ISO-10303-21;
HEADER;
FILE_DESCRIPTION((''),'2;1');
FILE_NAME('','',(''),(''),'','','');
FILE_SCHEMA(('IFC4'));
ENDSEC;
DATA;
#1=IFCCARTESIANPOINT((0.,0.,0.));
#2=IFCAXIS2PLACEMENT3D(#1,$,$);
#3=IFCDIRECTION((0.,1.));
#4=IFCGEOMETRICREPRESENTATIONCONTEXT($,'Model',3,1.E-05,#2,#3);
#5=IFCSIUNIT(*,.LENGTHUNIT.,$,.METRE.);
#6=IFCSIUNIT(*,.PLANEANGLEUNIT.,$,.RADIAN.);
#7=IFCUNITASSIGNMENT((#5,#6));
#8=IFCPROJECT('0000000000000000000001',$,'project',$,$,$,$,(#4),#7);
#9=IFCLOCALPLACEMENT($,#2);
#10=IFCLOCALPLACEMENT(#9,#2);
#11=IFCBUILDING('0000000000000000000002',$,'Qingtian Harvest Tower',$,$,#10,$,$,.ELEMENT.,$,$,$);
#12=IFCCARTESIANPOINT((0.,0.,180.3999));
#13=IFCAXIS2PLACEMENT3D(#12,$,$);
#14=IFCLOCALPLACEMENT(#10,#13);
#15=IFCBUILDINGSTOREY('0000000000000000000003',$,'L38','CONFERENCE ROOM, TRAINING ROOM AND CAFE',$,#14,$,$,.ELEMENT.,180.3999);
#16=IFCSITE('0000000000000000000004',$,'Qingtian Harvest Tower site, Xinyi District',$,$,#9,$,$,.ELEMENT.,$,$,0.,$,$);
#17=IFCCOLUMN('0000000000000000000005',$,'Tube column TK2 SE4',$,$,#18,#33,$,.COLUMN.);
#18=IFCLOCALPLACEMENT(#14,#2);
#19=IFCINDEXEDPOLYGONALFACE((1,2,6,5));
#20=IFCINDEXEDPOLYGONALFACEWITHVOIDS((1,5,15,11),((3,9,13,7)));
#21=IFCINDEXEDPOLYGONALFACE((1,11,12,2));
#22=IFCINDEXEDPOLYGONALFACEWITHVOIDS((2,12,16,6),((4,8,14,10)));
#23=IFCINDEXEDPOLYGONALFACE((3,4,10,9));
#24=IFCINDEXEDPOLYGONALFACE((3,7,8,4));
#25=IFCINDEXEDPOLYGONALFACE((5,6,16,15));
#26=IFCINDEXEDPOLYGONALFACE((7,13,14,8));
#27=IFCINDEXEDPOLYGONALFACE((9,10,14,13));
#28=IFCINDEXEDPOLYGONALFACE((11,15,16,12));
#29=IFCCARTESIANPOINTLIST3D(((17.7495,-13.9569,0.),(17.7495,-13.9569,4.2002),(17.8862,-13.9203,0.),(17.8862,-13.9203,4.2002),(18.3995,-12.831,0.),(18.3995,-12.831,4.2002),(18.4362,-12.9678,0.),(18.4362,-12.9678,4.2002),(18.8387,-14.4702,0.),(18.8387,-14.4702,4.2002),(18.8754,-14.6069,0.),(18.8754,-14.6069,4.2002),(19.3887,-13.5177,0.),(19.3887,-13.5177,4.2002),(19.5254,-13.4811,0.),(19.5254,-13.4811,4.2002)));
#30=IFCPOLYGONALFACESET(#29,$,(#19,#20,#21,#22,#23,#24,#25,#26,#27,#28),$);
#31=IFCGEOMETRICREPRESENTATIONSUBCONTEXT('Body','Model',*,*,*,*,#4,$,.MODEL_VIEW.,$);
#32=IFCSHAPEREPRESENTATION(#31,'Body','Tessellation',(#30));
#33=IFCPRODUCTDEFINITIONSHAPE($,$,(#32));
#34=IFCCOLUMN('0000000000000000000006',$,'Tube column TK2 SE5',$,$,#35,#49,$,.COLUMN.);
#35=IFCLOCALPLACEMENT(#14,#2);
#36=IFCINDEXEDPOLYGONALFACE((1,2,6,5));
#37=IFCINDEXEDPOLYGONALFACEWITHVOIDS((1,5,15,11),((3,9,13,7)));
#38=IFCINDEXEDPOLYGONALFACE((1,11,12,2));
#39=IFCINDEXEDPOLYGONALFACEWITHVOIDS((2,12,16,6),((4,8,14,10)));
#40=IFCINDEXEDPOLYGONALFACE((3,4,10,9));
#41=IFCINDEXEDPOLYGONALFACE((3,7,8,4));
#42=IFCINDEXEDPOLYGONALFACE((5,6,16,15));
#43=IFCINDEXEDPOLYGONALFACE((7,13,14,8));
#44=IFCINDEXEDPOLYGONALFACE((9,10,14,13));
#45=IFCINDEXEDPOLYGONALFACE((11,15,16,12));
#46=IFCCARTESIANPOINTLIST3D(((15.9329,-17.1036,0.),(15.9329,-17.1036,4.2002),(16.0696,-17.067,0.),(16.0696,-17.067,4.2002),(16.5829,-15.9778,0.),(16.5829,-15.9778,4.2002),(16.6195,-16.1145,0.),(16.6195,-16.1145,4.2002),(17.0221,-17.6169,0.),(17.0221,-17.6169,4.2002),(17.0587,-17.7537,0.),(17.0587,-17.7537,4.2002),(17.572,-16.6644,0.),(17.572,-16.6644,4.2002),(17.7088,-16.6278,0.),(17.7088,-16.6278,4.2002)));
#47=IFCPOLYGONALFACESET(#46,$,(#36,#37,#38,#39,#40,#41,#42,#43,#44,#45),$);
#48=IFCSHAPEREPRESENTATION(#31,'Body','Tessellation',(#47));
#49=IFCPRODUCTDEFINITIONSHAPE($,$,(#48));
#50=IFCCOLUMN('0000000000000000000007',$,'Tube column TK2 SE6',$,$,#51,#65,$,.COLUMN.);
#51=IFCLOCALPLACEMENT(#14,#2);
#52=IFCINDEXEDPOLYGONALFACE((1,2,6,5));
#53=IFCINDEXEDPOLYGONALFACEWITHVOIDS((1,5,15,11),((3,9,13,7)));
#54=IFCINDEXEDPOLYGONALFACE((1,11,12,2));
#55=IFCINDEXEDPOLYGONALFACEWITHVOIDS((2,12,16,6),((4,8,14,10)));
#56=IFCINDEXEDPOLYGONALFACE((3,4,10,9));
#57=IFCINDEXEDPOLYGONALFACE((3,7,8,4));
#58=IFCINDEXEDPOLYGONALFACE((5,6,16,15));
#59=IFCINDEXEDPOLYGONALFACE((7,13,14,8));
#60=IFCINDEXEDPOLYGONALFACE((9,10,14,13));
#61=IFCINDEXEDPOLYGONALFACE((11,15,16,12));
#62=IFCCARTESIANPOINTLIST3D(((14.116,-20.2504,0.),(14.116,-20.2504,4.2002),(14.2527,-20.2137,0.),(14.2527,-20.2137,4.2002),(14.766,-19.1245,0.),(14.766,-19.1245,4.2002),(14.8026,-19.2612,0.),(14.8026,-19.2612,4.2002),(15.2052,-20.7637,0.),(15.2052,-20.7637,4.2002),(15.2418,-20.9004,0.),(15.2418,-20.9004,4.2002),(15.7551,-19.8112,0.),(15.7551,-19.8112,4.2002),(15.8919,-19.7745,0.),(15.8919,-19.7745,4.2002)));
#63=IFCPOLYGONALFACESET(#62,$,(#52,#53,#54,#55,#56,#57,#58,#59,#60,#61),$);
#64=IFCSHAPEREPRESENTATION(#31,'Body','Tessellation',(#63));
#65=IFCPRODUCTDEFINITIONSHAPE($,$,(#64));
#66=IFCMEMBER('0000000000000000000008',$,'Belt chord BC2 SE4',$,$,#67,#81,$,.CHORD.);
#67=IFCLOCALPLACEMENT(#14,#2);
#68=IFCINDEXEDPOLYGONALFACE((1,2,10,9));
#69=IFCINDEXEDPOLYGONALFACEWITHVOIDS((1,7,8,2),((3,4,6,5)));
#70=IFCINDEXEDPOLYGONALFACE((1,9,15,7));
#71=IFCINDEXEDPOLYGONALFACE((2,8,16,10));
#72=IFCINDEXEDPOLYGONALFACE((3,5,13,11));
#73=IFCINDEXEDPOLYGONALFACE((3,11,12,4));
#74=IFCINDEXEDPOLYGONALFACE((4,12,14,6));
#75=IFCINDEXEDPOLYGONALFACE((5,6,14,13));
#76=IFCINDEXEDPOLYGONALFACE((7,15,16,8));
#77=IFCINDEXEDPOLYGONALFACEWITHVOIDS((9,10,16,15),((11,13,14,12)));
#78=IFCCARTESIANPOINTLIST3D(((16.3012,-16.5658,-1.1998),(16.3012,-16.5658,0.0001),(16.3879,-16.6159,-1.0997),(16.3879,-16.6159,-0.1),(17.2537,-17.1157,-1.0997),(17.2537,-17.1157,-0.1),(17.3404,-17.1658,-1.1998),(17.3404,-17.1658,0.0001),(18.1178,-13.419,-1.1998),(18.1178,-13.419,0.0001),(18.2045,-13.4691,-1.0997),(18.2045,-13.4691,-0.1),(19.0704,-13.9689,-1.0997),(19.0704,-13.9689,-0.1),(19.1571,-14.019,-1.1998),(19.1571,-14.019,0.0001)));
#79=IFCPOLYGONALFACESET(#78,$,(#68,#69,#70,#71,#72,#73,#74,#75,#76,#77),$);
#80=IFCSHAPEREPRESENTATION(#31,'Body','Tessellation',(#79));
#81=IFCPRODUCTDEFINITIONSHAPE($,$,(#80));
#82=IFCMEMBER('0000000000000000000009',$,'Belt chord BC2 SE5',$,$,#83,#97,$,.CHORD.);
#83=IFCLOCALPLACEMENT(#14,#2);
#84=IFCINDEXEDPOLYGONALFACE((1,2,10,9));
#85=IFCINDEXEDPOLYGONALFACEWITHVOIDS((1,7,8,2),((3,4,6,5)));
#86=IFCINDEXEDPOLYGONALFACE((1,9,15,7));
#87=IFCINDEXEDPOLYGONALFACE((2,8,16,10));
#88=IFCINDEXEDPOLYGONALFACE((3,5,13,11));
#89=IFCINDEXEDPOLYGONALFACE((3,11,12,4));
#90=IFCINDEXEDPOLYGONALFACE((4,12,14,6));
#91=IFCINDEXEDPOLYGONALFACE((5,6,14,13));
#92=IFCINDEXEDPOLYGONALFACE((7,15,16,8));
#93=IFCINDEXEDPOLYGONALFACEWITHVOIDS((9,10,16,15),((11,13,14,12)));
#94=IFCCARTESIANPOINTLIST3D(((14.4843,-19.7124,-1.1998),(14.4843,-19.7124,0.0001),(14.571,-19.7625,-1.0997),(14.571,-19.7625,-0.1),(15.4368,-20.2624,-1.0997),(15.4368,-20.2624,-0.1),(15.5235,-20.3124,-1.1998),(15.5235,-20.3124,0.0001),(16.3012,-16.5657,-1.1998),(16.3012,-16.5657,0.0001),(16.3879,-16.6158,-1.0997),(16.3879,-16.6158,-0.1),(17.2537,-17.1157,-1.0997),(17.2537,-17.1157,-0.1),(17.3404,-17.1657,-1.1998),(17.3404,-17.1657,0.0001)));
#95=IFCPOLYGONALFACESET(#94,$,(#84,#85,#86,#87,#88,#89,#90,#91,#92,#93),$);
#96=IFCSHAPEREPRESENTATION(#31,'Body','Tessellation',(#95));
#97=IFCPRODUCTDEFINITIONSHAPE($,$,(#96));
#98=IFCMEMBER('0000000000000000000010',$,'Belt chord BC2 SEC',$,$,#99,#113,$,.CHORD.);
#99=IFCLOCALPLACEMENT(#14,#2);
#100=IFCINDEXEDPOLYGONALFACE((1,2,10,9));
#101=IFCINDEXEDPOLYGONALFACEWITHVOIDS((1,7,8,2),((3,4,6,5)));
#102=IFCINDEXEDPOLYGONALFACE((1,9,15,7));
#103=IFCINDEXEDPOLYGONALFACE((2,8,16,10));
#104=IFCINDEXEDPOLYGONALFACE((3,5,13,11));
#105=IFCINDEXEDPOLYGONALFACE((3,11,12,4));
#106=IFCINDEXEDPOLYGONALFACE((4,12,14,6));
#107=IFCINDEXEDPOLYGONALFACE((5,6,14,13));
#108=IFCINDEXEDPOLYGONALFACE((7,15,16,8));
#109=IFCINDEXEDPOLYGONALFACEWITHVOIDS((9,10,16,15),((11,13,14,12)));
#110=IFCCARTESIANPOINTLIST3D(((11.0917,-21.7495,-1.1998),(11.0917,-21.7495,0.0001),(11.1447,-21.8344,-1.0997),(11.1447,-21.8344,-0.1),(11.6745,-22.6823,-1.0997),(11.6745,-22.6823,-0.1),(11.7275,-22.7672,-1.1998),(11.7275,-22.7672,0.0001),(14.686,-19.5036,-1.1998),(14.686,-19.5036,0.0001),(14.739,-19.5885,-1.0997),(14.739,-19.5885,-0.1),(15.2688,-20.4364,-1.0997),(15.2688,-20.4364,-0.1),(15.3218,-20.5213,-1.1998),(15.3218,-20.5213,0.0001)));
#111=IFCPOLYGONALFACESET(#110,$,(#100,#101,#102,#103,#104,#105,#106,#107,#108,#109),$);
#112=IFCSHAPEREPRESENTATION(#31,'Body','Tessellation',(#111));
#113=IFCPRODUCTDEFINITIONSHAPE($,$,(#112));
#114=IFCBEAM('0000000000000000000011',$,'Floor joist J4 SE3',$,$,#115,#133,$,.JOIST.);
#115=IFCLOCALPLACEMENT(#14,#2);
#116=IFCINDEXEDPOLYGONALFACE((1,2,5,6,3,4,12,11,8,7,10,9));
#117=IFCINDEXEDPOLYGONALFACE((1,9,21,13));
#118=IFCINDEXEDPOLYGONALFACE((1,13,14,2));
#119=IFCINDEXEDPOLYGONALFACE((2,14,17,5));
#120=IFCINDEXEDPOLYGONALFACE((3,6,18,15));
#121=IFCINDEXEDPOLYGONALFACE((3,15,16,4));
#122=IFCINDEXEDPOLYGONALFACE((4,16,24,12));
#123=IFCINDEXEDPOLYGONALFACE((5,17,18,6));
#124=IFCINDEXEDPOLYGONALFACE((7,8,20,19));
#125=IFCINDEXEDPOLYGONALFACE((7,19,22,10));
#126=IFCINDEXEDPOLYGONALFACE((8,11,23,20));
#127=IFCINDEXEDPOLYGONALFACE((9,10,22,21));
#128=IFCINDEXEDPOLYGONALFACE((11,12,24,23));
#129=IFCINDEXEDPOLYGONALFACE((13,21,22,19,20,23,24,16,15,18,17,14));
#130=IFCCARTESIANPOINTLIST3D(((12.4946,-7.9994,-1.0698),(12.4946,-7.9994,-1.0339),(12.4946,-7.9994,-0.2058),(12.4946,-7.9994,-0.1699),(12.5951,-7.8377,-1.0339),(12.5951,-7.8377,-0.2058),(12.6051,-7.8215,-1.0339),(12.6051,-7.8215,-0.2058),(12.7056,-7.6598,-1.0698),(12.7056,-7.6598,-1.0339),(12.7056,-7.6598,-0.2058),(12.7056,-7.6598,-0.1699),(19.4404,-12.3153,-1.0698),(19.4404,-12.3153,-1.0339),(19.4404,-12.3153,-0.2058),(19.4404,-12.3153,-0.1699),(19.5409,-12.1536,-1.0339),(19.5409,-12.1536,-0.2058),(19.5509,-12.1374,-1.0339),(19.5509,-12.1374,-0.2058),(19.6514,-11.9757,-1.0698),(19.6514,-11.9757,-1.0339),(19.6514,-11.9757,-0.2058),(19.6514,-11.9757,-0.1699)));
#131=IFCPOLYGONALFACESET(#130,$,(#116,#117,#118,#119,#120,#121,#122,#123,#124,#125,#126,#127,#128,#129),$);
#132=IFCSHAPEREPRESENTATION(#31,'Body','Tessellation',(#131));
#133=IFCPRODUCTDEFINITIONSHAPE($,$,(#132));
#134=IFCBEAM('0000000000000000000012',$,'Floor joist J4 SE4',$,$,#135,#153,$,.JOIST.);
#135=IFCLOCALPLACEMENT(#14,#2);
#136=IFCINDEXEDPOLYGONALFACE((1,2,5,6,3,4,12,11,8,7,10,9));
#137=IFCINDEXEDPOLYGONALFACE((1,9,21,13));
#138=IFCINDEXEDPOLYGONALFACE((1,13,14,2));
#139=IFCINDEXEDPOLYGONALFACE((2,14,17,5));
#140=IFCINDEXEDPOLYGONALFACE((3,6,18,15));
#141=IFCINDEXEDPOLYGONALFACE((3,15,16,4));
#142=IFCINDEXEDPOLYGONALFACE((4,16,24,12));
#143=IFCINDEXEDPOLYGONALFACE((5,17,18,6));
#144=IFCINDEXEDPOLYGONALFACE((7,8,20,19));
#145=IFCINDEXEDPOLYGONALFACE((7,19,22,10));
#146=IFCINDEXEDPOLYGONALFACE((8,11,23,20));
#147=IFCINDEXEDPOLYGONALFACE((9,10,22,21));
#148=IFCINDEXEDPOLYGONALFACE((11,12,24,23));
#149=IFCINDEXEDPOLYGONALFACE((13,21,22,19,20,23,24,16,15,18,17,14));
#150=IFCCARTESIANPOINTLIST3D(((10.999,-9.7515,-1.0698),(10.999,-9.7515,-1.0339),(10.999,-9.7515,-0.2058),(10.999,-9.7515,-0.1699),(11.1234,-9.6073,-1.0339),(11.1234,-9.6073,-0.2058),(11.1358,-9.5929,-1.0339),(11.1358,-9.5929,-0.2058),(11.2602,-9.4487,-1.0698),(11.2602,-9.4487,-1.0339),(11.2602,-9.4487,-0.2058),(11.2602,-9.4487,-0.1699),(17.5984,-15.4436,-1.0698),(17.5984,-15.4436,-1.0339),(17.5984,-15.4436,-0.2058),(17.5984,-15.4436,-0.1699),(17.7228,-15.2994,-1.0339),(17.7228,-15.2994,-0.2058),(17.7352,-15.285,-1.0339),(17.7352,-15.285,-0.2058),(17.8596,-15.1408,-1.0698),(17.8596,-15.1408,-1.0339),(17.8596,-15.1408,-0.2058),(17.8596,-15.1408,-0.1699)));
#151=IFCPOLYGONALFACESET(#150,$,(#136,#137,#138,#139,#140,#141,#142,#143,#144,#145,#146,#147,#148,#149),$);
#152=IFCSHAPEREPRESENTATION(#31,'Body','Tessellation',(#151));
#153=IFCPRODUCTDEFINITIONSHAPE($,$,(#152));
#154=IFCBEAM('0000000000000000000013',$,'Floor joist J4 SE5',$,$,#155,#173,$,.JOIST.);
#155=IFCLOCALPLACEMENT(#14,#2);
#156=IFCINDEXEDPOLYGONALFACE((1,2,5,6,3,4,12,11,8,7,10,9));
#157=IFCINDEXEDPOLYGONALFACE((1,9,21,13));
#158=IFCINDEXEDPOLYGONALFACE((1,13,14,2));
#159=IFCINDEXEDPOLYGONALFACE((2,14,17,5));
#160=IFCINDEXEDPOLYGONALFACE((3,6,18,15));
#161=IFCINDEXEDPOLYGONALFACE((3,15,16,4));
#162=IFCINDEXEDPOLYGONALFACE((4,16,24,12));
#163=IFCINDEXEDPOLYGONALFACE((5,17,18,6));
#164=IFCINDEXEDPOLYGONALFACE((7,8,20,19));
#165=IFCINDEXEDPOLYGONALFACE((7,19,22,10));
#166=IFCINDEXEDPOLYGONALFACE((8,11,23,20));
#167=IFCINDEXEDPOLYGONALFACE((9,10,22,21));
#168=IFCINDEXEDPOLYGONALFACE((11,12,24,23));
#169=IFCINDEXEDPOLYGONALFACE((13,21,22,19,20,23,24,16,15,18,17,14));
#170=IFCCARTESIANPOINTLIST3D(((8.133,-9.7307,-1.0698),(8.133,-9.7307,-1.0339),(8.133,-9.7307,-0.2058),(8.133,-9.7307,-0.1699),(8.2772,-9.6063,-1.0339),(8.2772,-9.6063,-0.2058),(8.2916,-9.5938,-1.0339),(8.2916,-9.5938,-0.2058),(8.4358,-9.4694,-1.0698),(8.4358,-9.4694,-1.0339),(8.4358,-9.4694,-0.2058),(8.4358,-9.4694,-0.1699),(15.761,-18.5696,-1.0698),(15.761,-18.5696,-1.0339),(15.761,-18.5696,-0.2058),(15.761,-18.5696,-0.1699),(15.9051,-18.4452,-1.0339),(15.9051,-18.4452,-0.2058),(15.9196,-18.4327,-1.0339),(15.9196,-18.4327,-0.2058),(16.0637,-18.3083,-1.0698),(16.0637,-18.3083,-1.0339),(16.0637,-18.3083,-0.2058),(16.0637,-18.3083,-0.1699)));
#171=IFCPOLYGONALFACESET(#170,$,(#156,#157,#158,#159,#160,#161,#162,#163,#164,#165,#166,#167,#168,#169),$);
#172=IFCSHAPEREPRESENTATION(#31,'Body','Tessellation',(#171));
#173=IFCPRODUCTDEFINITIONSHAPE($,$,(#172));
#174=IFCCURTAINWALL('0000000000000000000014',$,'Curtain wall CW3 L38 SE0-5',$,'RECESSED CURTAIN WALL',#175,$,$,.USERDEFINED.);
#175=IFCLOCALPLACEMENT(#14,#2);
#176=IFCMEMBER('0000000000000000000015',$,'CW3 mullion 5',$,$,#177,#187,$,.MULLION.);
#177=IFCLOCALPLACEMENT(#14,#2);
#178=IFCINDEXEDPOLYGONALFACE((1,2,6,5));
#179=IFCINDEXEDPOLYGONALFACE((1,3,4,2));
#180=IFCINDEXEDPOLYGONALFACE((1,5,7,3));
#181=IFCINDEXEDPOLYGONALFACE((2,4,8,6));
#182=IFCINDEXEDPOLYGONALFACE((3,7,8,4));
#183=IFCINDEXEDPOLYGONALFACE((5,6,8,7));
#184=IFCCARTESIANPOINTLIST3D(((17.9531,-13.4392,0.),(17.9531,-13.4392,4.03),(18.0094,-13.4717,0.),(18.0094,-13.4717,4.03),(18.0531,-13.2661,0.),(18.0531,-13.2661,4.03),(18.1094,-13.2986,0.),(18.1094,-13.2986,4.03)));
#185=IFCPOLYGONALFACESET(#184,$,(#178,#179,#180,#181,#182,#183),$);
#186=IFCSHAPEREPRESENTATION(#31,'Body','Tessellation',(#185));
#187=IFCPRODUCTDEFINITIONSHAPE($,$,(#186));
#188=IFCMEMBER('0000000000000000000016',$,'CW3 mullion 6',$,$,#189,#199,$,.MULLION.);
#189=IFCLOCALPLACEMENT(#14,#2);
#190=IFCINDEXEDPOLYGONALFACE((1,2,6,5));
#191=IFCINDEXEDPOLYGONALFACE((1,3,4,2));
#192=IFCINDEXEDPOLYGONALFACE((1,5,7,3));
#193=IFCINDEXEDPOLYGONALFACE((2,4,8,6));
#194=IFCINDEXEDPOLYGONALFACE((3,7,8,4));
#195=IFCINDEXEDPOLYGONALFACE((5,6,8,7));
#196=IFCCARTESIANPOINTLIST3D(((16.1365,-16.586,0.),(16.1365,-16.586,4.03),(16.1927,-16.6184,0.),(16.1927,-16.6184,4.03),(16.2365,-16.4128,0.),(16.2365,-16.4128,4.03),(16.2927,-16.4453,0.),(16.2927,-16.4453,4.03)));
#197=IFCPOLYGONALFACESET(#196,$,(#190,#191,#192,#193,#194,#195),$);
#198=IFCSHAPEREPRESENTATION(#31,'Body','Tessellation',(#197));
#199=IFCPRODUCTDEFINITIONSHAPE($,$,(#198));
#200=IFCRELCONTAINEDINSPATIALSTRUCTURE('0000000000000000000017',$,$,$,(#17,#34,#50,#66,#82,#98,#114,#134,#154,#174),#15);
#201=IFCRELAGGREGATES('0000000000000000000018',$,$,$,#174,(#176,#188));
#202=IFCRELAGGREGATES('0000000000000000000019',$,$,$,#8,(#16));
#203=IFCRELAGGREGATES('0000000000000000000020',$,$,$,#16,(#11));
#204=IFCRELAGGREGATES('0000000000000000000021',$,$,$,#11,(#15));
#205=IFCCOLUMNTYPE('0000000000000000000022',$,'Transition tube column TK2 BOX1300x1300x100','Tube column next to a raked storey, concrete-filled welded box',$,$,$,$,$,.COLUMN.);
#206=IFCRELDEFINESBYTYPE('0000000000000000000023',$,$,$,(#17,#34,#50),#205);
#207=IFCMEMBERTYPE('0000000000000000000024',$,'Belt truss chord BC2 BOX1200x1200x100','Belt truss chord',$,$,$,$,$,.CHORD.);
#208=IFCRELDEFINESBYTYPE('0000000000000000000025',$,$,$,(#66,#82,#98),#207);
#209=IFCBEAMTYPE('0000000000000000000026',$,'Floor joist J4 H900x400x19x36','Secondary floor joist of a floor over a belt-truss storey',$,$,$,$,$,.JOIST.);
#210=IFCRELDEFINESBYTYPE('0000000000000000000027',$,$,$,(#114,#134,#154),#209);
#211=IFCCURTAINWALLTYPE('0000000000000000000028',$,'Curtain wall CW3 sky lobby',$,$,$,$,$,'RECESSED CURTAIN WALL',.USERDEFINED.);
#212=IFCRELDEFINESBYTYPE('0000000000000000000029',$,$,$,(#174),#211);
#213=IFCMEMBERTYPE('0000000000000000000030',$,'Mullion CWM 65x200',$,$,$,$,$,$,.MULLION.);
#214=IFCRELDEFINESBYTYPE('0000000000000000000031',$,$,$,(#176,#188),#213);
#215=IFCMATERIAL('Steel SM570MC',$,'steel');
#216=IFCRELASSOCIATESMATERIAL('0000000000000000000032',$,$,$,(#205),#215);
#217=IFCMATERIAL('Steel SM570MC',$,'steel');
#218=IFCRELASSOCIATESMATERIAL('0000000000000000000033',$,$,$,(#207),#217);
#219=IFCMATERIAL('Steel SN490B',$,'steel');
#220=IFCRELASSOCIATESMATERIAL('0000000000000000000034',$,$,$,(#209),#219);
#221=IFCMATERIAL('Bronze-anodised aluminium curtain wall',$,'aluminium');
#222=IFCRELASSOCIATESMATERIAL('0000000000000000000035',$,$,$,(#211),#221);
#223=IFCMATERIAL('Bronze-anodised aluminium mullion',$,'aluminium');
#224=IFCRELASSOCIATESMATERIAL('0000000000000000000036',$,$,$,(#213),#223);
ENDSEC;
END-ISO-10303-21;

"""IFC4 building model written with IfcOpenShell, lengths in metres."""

from ifc_helpers import new_model, si_unit, direction, frame, origin, origin_2d, place, context, subcontext, project, spatial, rectangle, hollow_rectangle, i_section, extrude, material, material_profile, profile_set, type_object, element, aggregate, save


model = new_model("IFC4")

# Units and contexts
model_context = context("Model", 3, precision=1e-05, world=origin(), true_north=direction((0.0, 1.0)))
body_context = subcontext(model_context, "Body", "Model", "MODEL_VIEW")
ifc_project = project(units=[si_unit("LENGTHUNIT", "METRE"), si_unit("PLANEANGLEUNIT", "RADIAN")], contexts=[model_context])

# Site, building, storey
site_placement = place(None, origin())
site = spatial("IfcSite", under=ifc_project, at=site_placement, Name="Qingtian Harvest Tower site, Xinyi District", CompositionType="ELEMENT", RefElevation=0.0)
building_placement = place(site_placement, origin())
building = spatial("IfcBuilding", under=site, at=building_placement, Name="Qingtian Harvest Tower", CompositionType="ELEMENT")
storey_placement = place(building_placement, frame((0.0, 0.0, 180.3999)))
storey = spatial("IfcBuildingStorey", under=building, at=storey_placement, Name="L38", Description="CONFERENCE ROOM, TRAINING ROOM AND CAFE", CompositionType="ELEMENT", Elevation=180.3999)

# Columns
ifc_material_1 = material(Name="Steel SM570MC", Category="steel")
ifc_material_profile_1 = material_profile(ifc_material_1, hollow_rectangle(XDim=1.3, YDim=1.3, WallThickness=0.1001, at=origin_2d()), Name="BOX1300x1300x100")
ifc_profile_set_1 = profile_set([ifc_material_profile_1], Name="Steel SM570MC")
column_type = type_object("IfcColumnType", Name="Transition tube column TK2 BOX1300x1300x100", Description="Tube column next to a raked storey, concrete-filled welded box", PredefinedType="COLUMN", material=ifc_profile_set_1)
for number, where, z_axis, x_axis, name in (
    (1, (18.6375, -13.719, 0.0), (0.0, 0.0, 1.0), (0.5, 0.866025, 0.0), "Tube column TK2 SE4"),
    (2, (16.8208, -16.8657, 0.0), (0.0, 0.0, 1.0), (0.5, 0.866025, 0.0), "Tube column TK2 SE5"),
    (3, (15.0039, -20.0125, 0.0), (0.0, 0.0, 1.0), (0.5, 0.866025, 0.0), "Tube column TK2 SE6"),
):
    element("IfcColumn", number, at=place(storey_placement, frame(where, z_axis=z_axis, x_axis=x_axis)), inside=storey, type_object=column_type, Name=name, PredefinedType="COLUMN", context=body_context, shape_type="SweptSolid", body=[
        extrude(hollow_rectangle(XDim=1.3, YDim=1.3, WallThickness=0.1001, at=origin_2d()), origin(), (0.0, 0.0, 1.0), 4.2002),
    ])

# Members
ifc_material_2 = material(Name="Steel SM570MC", Category="steel")
ifc_material_profile_2 = material_profile(ifc_material_2, hollow_rectangle(XDim=1.2, YDim=1.2, WallThickness=0.1001, at=origin_2d()), Name="BOX1200x1200x100")
ifc_profile_set_2 = profile_set([ifc_material_profile_2], Name="Steel SM570MC")
member_type_1 = type_object("IfcMemberType", Name="Belt truss chord BC2 BOX1200x1200x100", Description="Belt truss chord", PredefinedType="CHORD", material=ifc_profile_set_2)
for number, where, z_axis, x_axis, name in (
    (4, (18.6375, -13.719, -0.5999), (-0.499976, -0.866039, 0.0), (0.866039, -0.499976, 0.0), "Belt chord BC2 SE4"),
    (5, (16.8208, -16.8657, -0.5999), (-0.500027, -0.86601, 0.0), (0.86601, -0.500027, 0.0), "Belt chord BC2 SE5"),
):
    element("IfcMember", number, at=place(storey_placement, frame(where, z_axis=z_axis, x_axis=x_axis)), inside=storey, type_object=member_type_1, Name=name, PredefinedType="CHORD", context=body_context, shape_type="SweptSolid", body=[
        extrude(hollow_rectangle(XDim=1.2, YDim=1.2, WallThickness=0.1001, at=origin_2d()), origin(), (0.0, 0.0, 1.0), 3.6335),
    ])
member_1_placement = place(storey_placement, frame((15.0039, -20.0125, -0.5999), z_axis=(-0.848057, -0.529906, 0.0), x_axis=(0.529906, -0.848057, 0.0)))
element("IfcMember", 6, at=member_1_placement, inside=storey, type_object=member_type_1, Name="Belt chord BC2 SEC", PredefinedType="CHORD", context=body_context, shape_type="SweptSolid", body=[
    extrude(hollow_rectangle(XDim=1.2, YDim=1.2, WallThickness=0.1001, at=origin_2d()), origin(), (0.0, 0.0, 1.0), 4.2383),
])

# Beams
ifc_material_3 = material(Name="Steel SN490B", Category="steel")
ifc_material_profile_3 = material_profile(ifc_material_3, i_section(OverallWidth=0.3999, OverallDepth=0.8999, WebThickness=0.019, FlangeThickness=0.0359, at=origin_2d()), Name="H900x400x19x36")
ifc_profile_set_3 = profile_set([ifc_material_profile_3], Name="Steel SN490B")
beam_type_1 = type_object("IfcBeamType", Name="Floor joist J4 H900x400x19x36", Description="Secondary floor joist of a floor over a belt-truss storey", PredefinedType="JOIST", material=ifc_profile_set_3)
beam_1_placement = place(storey_placement, frame((19.5459, -12.1455, -0.6199), z_axis=(-0.849381, 0.52778, 0.0), x_axis=(-0.52778, -0.849381, 0.0)))
element("IfcBeam", 7, at=beam_1_placement, inside=storey, type_object=beam_type_1, Name="Floor joist J4 SE3", PredefinedType="JOIST", context=body_context, shape_type="SweptSolid", body=[
    extrude(i_section(OverallWidth=0.3999, OverallDepth=0.8999, WebThickness=0.019, FlangeThickness=0.0359, at=origin_2d()), origin(), (0.0, 0.0, 1.0), 8.1775),
])
beam_2_placement = place(storey_placement, frame((17.729, -15.2922, -0.6199), z_axis=(-0.757238, 0.653139, 0.0), x_axis=(-0.653139, -0.757238, 0.0)))
element("IfcBeam", 8, at=beam_2_placement, inside=storey, type_object=beam_type_1, Name="Floor joist J4 SE4", PredefinedType="JOIST", context=body_context, shape_type="SweptSolid", body=[
    extrude(i_section(OverallWidth=0.3999, OverallDepth=0.8999, WebThickness=0.019, FlangeThickness=0.0359, at=origin_2d()), origin(), (0.0, 0.0, 1.0), 8.7151),
])
beam_3_placement = place(storey_placement, frame((15.9124, -18.439, -0.6199), z_axis=(-0.653343, 0.757062, 0.0), x_axis=(-0.757062, -0.653343, 0.0)))
element("IfcBeam", 9, at=beam_3_placement, inside=storey, type_object=beam_type_1, Name="Floor joist J4 SE5", PredefinedType="JOIST", context=body_context, shape_type="SweptSolid", body=[
    extrude(i_section(OverallWidth=0.3999, OverallDepth=0.8999, WebThickness=0.019, FlangeThickness=0.0359, at=origin_2d()), origin(), (0.0, 0.0, 1.0), 11.6753),
])

# Curtain wall, members
ifc_material_4 = material(Name="Bronze-anodised aluminium curtain wall", Category="aluminium")
curtain_wall_type = type_object("IfcCurtainWallType", Name="Curtain wall CW3 sky lobby", ElementType="RECESSED CURTAIN WALL", PredefinedType="USERDEFINED", material=ifc_material_4)
curtain_wall_1_placement = place(storey_placement, origin())
curtain_wall_1 = element("IfcCurtainWall", 10, at=curtain_wall_1_placement, inside=storey, type_object=curtain_wall_type, Name="Curtain wall CW3 L38 SE0-5", ObjectType="RECESSED CURTAIN WALL", PredefinedType="USERDEFINED")
ifc_material_5 = material(Name="Bronze-anodised aluminium mullion", Category="aluminium")
ifc_material_profile_4 = material_profile(ifc_material_5, rectangle(XDim=0.0649, YDim=0.2, at=origin_2d()), Name="AL 65x200")
ifc_profile_set_4 = profile_set([ifc_material_profile_4], Name="Bronze-anodised aluminium mullion")
member_type_2 = type_object("IfcMemberType", Name="Mullion CWM 65x200", PredefinedType="MULLION", material=ifc_profile_set_4)
member_2_placement = place(storey_placement, frame((18.0312, -13.3689, 0.0), z_axis=(0.0, 0.0, 1.0), x_axis=(0.866025, -0.5, 0.0)))
member_2 = element("IfcMember", 11, at=member_2_placement, type_object=member_type_2, Name="CW3 mullion 5", PredefinedType="MULLION", context=body_context, shape_type="SweptSolid", body=[
    extrude(rectangle(XDim=0.0649, YDim=0.2, at=origin_2d()), origin(), (0.0, 0.0, 1.0), 4.03),
])
member_3_placement = place(storey_placement, frame((16.2146, -16.5156, 0.0), z_axis=(0.0, 0.0, 1.0), x_axis=(0.866025, -0.5, 0.0)))
member_3 = element("IfcMember", 12, at=member_3_placement, type_object=member_type_2, Name="CW3 mullion 6", PredefinedType="MULLION", context=body_context, shape_type="SweptSolid", body=[
    extrude(rectangle(XDim=0.0649, YDim=0.2, at=origin_2d()), origin(), (0.0, 0.0, 1.0), 4.03),
])

aggregate(curtain_wall_1, [member_2, member_3])

save(model, "model.ifc")
